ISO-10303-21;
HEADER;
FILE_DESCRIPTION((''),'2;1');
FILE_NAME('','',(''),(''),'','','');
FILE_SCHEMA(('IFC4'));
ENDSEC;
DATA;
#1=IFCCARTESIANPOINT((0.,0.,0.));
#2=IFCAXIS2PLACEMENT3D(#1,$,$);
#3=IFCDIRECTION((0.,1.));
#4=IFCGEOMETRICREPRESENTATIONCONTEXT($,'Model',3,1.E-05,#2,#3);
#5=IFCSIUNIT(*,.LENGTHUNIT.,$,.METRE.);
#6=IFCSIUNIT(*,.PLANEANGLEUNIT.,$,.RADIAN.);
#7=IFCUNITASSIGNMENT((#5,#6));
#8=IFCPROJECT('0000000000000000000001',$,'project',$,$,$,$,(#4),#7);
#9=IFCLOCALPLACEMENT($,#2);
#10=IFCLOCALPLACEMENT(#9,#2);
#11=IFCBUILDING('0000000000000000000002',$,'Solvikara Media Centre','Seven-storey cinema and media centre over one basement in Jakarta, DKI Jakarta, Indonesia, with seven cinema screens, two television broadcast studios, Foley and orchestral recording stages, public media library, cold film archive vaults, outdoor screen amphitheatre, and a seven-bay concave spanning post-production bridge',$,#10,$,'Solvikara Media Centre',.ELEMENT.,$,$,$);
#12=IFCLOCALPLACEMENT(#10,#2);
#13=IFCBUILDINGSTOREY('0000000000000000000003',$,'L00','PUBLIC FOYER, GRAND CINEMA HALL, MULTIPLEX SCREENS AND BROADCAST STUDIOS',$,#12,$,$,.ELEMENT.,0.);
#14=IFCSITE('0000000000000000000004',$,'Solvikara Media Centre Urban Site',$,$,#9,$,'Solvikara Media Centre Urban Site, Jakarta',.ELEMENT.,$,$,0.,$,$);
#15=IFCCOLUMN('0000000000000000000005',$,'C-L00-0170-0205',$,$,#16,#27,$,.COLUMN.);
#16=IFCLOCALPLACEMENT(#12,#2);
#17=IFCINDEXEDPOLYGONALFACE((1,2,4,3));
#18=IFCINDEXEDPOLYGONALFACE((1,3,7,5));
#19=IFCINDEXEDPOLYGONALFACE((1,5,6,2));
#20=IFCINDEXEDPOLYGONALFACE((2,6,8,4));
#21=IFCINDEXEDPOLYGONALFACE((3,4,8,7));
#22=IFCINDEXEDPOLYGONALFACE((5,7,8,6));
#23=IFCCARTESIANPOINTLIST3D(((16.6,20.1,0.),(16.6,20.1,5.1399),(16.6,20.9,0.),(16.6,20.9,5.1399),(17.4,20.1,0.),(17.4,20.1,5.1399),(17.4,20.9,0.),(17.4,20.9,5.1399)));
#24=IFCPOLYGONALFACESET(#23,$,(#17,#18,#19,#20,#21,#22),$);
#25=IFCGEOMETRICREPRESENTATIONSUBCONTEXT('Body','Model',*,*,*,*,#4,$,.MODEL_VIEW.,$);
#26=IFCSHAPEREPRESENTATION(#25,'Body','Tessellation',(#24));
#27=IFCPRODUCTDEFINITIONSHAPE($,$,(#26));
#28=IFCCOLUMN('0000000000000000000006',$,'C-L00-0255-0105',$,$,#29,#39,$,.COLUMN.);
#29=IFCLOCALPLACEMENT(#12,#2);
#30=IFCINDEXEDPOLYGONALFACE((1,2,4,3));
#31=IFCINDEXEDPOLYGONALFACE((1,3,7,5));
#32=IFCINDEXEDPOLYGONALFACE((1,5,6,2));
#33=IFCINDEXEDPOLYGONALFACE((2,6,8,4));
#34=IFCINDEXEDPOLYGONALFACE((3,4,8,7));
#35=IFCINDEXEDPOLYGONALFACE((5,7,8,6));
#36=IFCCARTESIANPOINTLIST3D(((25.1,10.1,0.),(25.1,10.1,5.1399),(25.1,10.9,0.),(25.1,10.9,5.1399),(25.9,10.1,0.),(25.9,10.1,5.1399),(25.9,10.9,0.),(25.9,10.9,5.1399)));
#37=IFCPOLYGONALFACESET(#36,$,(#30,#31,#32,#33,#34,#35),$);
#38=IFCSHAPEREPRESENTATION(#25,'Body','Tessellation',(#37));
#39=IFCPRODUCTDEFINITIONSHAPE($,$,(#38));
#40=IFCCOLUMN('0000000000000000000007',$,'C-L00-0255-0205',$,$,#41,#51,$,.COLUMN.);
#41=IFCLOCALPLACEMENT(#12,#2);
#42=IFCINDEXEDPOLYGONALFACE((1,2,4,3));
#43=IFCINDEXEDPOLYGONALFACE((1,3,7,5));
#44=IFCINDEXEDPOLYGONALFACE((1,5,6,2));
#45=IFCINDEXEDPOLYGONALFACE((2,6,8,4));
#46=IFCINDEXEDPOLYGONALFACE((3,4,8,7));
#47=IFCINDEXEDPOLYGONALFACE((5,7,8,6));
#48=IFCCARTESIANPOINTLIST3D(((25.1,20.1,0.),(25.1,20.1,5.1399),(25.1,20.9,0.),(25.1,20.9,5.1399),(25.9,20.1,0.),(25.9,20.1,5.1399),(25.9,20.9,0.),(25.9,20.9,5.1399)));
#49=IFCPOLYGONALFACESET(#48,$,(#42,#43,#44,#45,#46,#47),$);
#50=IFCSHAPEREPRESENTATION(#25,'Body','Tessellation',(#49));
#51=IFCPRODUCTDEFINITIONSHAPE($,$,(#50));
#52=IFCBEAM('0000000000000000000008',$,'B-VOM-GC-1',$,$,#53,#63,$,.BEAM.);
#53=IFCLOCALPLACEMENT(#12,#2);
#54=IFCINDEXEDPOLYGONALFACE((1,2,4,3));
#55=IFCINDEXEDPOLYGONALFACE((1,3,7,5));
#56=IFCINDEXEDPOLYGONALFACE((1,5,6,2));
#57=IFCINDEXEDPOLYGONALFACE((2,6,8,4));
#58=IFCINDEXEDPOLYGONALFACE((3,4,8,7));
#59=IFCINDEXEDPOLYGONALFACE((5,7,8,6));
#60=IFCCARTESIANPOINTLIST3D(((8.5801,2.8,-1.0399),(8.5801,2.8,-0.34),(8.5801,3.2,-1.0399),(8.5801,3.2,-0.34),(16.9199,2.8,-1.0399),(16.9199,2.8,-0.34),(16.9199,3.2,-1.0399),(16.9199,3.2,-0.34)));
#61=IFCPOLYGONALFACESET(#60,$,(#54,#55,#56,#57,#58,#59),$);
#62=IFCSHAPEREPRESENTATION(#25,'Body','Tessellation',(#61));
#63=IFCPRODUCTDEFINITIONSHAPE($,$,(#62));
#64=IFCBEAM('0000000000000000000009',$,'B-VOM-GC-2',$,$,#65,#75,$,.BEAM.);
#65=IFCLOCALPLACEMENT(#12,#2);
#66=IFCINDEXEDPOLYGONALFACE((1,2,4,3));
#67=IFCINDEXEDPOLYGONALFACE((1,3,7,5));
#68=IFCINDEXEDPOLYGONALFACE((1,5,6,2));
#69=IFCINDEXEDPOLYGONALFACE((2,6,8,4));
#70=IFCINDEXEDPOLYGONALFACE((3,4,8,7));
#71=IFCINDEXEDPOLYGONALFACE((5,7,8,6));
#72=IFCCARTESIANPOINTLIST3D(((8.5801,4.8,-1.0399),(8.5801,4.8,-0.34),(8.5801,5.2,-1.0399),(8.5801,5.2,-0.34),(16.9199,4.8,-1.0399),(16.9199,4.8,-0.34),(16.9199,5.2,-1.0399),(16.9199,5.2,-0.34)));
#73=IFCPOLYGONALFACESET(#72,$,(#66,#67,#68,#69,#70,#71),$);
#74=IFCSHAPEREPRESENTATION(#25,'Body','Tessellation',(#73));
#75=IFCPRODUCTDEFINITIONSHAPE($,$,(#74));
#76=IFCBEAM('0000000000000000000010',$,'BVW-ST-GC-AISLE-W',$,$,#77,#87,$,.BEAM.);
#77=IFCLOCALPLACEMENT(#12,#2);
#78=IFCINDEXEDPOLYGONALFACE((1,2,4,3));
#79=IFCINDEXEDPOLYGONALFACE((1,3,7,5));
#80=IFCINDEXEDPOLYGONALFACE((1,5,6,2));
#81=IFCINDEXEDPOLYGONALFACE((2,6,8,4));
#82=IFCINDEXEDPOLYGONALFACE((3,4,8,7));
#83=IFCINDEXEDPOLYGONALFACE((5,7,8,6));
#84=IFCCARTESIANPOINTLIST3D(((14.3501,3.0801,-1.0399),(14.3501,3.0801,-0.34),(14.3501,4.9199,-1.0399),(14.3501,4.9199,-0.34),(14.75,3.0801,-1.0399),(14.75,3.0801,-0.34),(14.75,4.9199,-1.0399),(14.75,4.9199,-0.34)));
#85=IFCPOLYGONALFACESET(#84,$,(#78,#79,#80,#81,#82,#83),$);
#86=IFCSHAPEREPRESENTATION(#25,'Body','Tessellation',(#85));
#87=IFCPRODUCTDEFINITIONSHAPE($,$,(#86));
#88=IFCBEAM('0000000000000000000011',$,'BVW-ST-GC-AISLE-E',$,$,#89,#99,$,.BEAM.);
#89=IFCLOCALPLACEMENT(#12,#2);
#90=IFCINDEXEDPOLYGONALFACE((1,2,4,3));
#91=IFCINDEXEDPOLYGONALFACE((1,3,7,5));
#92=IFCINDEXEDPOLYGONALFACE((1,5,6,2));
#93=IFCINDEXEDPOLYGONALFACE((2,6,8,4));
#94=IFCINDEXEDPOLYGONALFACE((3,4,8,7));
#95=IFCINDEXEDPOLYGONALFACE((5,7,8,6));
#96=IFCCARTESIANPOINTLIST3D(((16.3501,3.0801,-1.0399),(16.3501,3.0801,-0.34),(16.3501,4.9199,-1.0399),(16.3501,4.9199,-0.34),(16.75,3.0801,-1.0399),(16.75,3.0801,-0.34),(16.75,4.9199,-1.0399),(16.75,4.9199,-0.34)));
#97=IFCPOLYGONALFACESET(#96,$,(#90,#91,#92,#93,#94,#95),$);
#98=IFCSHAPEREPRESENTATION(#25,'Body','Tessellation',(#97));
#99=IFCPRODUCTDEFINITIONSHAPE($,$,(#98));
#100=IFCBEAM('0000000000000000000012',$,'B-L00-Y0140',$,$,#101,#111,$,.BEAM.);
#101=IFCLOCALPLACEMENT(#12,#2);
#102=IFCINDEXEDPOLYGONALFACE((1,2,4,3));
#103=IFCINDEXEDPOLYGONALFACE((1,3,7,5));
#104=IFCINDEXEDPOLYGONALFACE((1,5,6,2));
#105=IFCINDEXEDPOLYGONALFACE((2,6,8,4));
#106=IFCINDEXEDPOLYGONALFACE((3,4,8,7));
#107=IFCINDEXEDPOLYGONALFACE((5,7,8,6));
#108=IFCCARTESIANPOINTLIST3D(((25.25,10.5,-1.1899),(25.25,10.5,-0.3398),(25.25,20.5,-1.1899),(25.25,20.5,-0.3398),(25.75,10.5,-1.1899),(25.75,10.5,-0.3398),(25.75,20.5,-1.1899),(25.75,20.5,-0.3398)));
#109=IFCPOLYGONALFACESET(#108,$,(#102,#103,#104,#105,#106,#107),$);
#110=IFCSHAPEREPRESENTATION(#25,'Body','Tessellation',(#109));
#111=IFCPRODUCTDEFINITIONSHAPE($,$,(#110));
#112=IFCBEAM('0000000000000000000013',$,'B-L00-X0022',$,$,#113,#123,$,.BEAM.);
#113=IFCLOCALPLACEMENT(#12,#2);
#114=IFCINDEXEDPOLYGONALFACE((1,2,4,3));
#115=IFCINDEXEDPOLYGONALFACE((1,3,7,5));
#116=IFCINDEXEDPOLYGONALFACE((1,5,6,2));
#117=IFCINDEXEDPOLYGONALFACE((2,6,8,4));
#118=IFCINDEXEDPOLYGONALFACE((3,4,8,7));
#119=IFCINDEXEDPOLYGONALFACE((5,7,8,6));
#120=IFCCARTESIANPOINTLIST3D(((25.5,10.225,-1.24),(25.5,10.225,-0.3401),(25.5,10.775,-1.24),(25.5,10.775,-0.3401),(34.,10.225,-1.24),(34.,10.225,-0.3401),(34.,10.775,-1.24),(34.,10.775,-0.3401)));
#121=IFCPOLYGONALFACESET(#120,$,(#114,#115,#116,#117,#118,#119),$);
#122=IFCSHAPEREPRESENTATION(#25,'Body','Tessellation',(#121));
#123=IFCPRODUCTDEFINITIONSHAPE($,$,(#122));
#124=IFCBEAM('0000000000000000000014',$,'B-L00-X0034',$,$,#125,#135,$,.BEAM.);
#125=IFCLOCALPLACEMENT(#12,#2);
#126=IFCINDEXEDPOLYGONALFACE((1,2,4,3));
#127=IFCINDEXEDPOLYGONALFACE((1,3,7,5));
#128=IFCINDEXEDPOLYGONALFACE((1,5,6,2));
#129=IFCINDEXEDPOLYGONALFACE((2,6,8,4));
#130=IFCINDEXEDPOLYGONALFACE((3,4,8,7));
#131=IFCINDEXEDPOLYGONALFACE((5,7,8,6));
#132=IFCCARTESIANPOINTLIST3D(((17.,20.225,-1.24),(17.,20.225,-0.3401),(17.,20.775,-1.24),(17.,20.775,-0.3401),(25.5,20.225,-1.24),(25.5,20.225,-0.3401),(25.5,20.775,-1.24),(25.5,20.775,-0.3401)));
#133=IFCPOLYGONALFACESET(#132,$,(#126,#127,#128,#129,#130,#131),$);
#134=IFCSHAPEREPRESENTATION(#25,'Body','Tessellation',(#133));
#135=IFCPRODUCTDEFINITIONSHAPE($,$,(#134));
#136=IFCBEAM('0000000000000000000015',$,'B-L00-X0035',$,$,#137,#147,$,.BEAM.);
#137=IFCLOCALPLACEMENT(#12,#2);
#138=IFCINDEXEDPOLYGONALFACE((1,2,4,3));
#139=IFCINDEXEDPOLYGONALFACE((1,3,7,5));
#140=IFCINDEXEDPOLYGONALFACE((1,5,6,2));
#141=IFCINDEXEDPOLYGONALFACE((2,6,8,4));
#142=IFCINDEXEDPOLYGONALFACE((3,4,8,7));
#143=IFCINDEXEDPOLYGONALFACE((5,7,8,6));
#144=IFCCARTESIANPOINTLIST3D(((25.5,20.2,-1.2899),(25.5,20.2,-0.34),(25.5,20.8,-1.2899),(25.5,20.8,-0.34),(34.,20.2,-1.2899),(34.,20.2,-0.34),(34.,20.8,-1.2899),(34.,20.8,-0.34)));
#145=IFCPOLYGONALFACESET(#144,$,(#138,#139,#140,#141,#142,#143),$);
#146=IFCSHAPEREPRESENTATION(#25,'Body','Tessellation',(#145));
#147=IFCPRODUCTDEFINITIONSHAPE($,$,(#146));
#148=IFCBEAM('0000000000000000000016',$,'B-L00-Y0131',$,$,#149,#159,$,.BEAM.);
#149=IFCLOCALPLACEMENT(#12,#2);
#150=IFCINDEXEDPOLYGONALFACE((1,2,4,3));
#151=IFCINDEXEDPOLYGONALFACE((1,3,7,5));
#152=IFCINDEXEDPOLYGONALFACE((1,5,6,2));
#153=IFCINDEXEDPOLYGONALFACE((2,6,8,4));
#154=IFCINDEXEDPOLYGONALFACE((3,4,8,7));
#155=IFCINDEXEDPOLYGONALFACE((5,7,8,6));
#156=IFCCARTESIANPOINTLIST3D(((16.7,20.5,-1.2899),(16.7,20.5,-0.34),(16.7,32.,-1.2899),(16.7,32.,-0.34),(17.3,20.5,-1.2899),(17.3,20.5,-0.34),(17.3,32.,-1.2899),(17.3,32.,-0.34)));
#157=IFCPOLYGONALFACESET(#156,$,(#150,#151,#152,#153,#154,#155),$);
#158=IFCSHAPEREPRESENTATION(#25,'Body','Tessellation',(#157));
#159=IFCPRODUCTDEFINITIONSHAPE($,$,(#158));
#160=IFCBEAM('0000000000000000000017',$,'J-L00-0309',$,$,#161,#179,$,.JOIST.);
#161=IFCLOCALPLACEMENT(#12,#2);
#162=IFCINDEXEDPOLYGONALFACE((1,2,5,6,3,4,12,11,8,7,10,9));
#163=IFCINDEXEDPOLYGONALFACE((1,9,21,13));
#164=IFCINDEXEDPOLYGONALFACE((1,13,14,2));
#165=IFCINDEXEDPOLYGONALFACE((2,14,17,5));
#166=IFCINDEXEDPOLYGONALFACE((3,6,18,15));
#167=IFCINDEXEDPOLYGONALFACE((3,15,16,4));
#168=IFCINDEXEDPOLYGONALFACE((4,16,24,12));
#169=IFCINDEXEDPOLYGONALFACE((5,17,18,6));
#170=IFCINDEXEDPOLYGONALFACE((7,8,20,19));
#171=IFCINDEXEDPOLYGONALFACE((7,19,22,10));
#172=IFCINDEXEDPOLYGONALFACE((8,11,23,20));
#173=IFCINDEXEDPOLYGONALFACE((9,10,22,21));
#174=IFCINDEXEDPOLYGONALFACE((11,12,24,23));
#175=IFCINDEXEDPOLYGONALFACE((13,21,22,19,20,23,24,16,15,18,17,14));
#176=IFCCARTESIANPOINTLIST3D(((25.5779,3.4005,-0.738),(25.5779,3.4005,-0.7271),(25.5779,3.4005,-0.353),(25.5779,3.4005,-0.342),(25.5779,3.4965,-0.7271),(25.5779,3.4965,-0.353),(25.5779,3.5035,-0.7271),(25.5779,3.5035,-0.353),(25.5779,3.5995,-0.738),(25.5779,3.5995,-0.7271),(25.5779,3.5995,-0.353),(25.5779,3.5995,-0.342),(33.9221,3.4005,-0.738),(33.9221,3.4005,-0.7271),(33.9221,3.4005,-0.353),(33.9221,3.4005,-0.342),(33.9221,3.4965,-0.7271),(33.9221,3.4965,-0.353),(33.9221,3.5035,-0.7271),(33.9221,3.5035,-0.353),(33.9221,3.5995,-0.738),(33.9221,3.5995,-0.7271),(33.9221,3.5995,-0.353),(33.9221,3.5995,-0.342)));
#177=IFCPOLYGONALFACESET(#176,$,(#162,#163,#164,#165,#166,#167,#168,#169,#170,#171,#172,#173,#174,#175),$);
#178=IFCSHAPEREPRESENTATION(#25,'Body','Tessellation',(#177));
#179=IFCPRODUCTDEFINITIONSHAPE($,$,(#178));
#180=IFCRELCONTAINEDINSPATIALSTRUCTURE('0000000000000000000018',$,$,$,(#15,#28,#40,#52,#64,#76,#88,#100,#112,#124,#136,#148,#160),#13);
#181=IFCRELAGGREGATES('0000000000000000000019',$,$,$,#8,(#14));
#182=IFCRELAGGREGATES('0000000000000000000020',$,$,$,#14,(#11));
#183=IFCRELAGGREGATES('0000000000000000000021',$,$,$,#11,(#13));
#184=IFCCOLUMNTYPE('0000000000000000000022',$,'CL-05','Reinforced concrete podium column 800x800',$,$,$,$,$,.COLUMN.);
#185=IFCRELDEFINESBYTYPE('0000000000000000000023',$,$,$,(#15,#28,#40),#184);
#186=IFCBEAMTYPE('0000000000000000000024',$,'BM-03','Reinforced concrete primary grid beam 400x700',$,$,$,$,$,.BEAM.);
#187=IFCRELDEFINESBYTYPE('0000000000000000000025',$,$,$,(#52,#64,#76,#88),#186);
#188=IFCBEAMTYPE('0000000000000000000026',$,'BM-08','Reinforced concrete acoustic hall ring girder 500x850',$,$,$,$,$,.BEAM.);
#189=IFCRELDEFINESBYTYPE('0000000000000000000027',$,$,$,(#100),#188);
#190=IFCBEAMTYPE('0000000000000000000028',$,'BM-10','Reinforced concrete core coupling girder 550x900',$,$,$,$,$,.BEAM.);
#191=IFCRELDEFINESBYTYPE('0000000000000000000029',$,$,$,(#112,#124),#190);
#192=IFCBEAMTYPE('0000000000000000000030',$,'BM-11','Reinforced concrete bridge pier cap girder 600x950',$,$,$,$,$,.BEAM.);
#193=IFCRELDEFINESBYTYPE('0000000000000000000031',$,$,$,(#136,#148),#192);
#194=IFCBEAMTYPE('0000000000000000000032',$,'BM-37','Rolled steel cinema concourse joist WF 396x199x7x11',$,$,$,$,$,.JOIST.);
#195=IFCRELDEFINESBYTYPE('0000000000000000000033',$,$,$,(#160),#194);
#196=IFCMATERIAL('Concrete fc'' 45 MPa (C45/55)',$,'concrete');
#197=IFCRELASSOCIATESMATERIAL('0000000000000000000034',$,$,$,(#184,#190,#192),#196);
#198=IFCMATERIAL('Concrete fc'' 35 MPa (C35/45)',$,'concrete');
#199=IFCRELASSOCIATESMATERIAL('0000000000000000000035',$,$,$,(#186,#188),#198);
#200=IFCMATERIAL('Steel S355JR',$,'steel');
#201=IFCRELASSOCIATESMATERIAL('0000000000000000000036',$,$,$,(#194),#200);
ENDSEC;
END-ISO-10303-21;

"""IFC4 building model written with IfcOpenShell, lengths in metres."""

from ifc_helpers import new_model, si_unit, direction, frame, origin, origin_2d, place, context, subcontext, project, spatial, rectangle, i_section, extrude, material, material_profile, profile_set, type_object, element, save


model = new_model("IFC4")

# Units and contexts
model_context = context("Model", 3, precision=1e-05, world=origin(), true_north=direction((0.0, 1.0)))
body_context = subcontext(model_context, "Body", "Model", "MODEL_VIEW")
ifc_project = project(units=[si_unit("LENGTHUNIT", "METRE"), si_unit("PLANEANGLEUNIT", "RADIAN")], contexts=[model_context])

# Site, building, storey
site_placement = place(None, origin())
site = spatial("IfcSite", under=ifc_project, at=site_placement, Name="Solvikara Media Centre Urban Site", LongName="Solvikara Media Centre Urban Site, Jakarta", CompositionType="ELEMENT", RefElevation=0.0)
building_placement = place(site_placement, origin())
building = spatial("IfcBuilding", under=site, at=building_placement, Name="Solvikara Media Centre", Description="Seven-storey cinema and media centre over one basement in Jakarta, DKI Jakarta, Indonesia, with seven cinema screens, two television broadcast studios, Foley and orchestral recording stages, public media library, cold film archive vaults, outdoor screen amphitheatre, and a seven-bay concave spanning post-production bridge", LongName="Solvikara Media Centre", CompositionType="ELEMENT")
storey_placement = place(building_placement, origin())
storey = spatial("IfcBuildingStorey", under=building, at=storey_placement, Name="L00", Description="PUBLIC FOYER, GRAND CINEMA HALL, MULTIPLEX SCREENS AND BROADCAST STUDIOS", CompositionType="ELEMENT", Elevation=0.0)

# Columns
ifc_material_1 = material(Name="Concrete fc' 45 MPa (C45/55)", Category="concrete")
ifc_material_profile_1 = material_profile(ifc_material_1, rectangle(XDim=0.8, YDim=0.8, at=origin_2d()), Name="RC 800x800")
ifc_profile_set_1 = profile_set([ifc_material_profile_1], Name="Concrete fc' 45 MPa (C45/55)")
column_type = type_object("IfcColumnType", Name="CL-05", Description="Reinforced concrete podium column 800x800", PredefinedType="COLUMN", material=ifc_profile_set_1)
for number, where, z_axis, x_axis, name in (
    (1, (17.0, 20.5, 0.0), (0.0, 0.0, 1.0), (1.0, 0.0, 0.0), "C-L00-0170-0205"),
    (2, (25.5, 10.5, 0.0), (0.0, 0.0, 1.0), (1.0, 0.0, 0.0), "C-L00-0255-0105"),
    (3, (25.5, 20.5, 0.0), (0.0, 0.0, 1.0), (1.0, 0.0, 0.0), "C-L00-0255-0205"),
):
    element("IfcColumn", number, at=place(storey_placement, frame(where, z_axis=z_axis, x_axis=x_axis)), inside=storey, type_object=column_type, Name=name, PredefinedType="COLUMN", context=body_context, shape_type="SweptSolid", body=[
        extrude(rectangle(XDim=0.8, YDim=0.8, at=origin_2d()), origin(), (0.0, 0.0, 1.0), 5.1399),
    ])

# Beams
ifc_material_2 = material(Name="Concrete fc' 35 MPa (C35/45)", Category="concrete")
ifc_material_profile_2 = material_profile(ifc_material_2, rectangle(XDim=0.3999, YDim=0.7, at=origin_2d()), Name="RC 400x700")
ifc_profile_set_2 = profile_set([ifc_material_profile_2], Name="Concrete fc' 35 MPa (C35/45)")
beam_type_1 = type_object("IfcBeamType", Name="BM-03", Description="Reinforced concrete primary grid beam 400x700", PredefinedType="BEAM", material=ifc_profile_set_2)
for number, where, z_axis, x_axis, name in (
    (4, (8.5801, 3.0, -0.6899), (1.0, 0.0, 0.0), (0.0, 1.0, 0.0), "B-VOM-GC-1"),
    (5, (8.5801, 5.0, -0.6899), (1.0, 0.0, 0.0), (0.0, 1.0, 0.0), "B-VOM-GC-2"),
):
    element("IfcBeam", number, at=place(storey_placement, frame(where, z_axis=z_axis, x_axis=x_axis)), inside=storey, type_object=beam_type_1, Name=name, PredefinedType="BEAM", context=body_context, shape_type="SweptSolid", body=[
        extrude(rectangle(XDim=0.3999, YDim=0.7, at=origin_2d()), origin(), (0.0, 0.0, 1.0), 8.3398),
    ])
for number, where, z_axis, x_axis, name in (
    (6, (14.55, 3.0801, -0.6899), (0.0, 1.0, 0.0), (-1.0, 0.0, 0.0), "BVW-ST-GC-AISLE-W"),
    (7, (16.55, 3.0801, -0.6899), (0.0, 1.0, 0.0), (-1.0, 0.0, 0.0), "BVW-ST-GC-AISLE-E"),
):
    element("IfcBeam", number, at=place(storey_placement, frame(where, z_axis=z_axis, x_axis=x_axis)), inside=storey, type_object=beam_type_1, Name=name, PredefinedType="BEAM", context=body_context, shape_type="SweptSolid", body=[
        extrude(rectangle(XDim=0.3999, YDim=0.7, at=origin_2d()), origin(), (0.0, 0.0, 1.0), 1.8398),
    ])
ifc_material_profile_3 = material_profile(ifc_material_2, rectangle(XDim=0.5, YDim=0.8501, at=origin_2d()), Name="RC 500x850")
ifc_profile_set_3 = profile_set([ifc_material_profile_3], Name="Concrete fc' 35 MPa (C35/45)")
beam_type_2 = type_object("IfcBeamType", Name="BM-08", Description="Reinforced concrete acoustic hall ring girder 500x850", PredefinedType="BEAM", material=ifc_profile_set_3)
beam_1_placement = place(storey_placement, frame((25.5, 10.5, -0.7649), z_axis=(0.0, 1.0, 0.0), x_axis=(-1.0, 0.0, 0.0)))
element("IfcBeam", 8, at=beam_1_placement, inside=storey, type_object=beam_type_2, Name="B-L00-Y0140", PredefinedType="BEAM", context=body_context, shape_type="SweptSolid", body=[
    extrude(rectangle(XDim=0.5, YDim=0.8501, at=origin_2d()), origin(), (0.0, 0.0, 1.0), 10.0),
])
ifc_material_profile_4 = material_profile(ifc_material_1, rectangle(XDim=0.55, YDim=0.8999, at=origin_2d()), Name="RC 550x900")
ifc_profile_set_4 = profile_set([ifc_material_profile_4], Name="Concrete fc' 45 MPa (C45/55)")
beam_type_3 = type_object("IfcBeamType", Name="BM-10", Description="Reinforced concrete core coupling girder 550x900", PredefinedType="BEAM", material=ifc_profile_set_4)
for number, where, z_axis, x_axis, name in (
    (9, (25.5, 10.5, -0.79), (1.0, 0.0, 0.0), (0.0, 1.0, 0.0), "B-L00-X0022"),
    (10, (17.0, 20.5, -0.79), (1.0, 0.0, 0.0), (0.0, 1.0, 0.0), "B-L00-X0034"),
):
    element("IfcBeam", number, at=place(storey_placement, frame(where, z_axis=z_axis, x_axis=x_axis)), inside=storey, type_object=beam_type_3, Name=name, PredefinedType="BEAM", context=body_context, shape_type="SweptSolid", body=[
        extrude(rectangle(XDim=0.55, YDim=0.8999, at=origin_2d()), origin(), (0.0, 0.0, 1.0), 8.5),
    ])
ifc_material_profile_5 = material_profile(ifc_material_1, rectangle(XDim=0.6001, YDim=0.95, at=origin_2d()), Name="RC 600x950")
ifc_profile_set_5 = profile_set([ifc_material_profile_5], Name="Concrete fc' 45 MPa (C45/55)")
beam_type_4 = type_object("IfcBeamType", Name="BM-11", Description="Reinforced concrete bridge pier cap girder 600x950", PredefinedType="BEAM", material=ifc_profile_set_5)
beam_2_placement = place(storey_placement, frame((25.5, 20.5, -0.8149), z_axis=(1.0, 0.0, 0.0), x_axis=(0.0, 1.0, 0.0)))
element("IfcBeam", 11, at=beam_2_placement, inside=storey, type_object=beam_type_4, Name="B-L00-X0035", PredefinedType="BEAM", context=body_context, shape_type="SweptSolid", body=[
    extrude(rectangle(XDim=0.6001, YDim=0.95, at=origin_2d()), origin(), (0.0, 0.0, 1.0), 8.5),
])
beam_3_placement = place(storey_placement, frame((17.0, 20.5, -0.8149), z_axis=(0.0, 1.0, 0.0), x_axis=(-1.0, 0.0, 0.0)))
element("IfcBeam", 12, at=beam_3_placement, inside=storey, type_object=beam_type_4, Name="B-L00-Y0131", PredefinedType="BEAM", context=body_context, shape_type="SweptSolid", body=[
    extrude(rectangle(XDim=0.6001, YDim=0.95, at=origin_2d()), origin(), (0.0, 0.0, 1.0), 11.5),
])
ifc_material_3 = material(Name="Steel S355JR", Category="steel")
ifc_material_profile_6 = material_profile(ifc_material_3, i_section(OverallWidth=0.199, OverallDepth=0.396, WebThickness=0.0071, FlangeThickness=0.011, at=origin_2d()), Name="WF 396x199x7x11")
ifc_profile_set_6 = profile_set([ifc_material_profile_6], Name="Steel S355JR")
beam_type_5 = type_object("IfcBeamType", Name="BM-37", Description="Rolled steel cinema concourse joist WF 396x199x7x11", PredefinedType="JOIST", material=ifc_profile_set_6)
beam_4_placement = place(storey_placement, frame((25.5779, 3.5, -0.54), z_axis=(1.0, 0.0, 0.0), x_axis=(0.0, 1.0, 0.0)))
element("IfcBeam", 13, at=beam_4_placement, inside=storey, type_object=beam_type_5, Name="J-L00-0309", PredefinedType="JOIST", context=body_context, shape_type="SweptSolid", body=[
    extrude(i_section(OverallWidth=0.199, OverallDepth=0.396, WebThickness=0.0071, FlangeThickness=0.011, at=origin_2d()), origin(), (0.0, 0.0, 1.0), 8.3442),
])

save(model, "model.ifc")
